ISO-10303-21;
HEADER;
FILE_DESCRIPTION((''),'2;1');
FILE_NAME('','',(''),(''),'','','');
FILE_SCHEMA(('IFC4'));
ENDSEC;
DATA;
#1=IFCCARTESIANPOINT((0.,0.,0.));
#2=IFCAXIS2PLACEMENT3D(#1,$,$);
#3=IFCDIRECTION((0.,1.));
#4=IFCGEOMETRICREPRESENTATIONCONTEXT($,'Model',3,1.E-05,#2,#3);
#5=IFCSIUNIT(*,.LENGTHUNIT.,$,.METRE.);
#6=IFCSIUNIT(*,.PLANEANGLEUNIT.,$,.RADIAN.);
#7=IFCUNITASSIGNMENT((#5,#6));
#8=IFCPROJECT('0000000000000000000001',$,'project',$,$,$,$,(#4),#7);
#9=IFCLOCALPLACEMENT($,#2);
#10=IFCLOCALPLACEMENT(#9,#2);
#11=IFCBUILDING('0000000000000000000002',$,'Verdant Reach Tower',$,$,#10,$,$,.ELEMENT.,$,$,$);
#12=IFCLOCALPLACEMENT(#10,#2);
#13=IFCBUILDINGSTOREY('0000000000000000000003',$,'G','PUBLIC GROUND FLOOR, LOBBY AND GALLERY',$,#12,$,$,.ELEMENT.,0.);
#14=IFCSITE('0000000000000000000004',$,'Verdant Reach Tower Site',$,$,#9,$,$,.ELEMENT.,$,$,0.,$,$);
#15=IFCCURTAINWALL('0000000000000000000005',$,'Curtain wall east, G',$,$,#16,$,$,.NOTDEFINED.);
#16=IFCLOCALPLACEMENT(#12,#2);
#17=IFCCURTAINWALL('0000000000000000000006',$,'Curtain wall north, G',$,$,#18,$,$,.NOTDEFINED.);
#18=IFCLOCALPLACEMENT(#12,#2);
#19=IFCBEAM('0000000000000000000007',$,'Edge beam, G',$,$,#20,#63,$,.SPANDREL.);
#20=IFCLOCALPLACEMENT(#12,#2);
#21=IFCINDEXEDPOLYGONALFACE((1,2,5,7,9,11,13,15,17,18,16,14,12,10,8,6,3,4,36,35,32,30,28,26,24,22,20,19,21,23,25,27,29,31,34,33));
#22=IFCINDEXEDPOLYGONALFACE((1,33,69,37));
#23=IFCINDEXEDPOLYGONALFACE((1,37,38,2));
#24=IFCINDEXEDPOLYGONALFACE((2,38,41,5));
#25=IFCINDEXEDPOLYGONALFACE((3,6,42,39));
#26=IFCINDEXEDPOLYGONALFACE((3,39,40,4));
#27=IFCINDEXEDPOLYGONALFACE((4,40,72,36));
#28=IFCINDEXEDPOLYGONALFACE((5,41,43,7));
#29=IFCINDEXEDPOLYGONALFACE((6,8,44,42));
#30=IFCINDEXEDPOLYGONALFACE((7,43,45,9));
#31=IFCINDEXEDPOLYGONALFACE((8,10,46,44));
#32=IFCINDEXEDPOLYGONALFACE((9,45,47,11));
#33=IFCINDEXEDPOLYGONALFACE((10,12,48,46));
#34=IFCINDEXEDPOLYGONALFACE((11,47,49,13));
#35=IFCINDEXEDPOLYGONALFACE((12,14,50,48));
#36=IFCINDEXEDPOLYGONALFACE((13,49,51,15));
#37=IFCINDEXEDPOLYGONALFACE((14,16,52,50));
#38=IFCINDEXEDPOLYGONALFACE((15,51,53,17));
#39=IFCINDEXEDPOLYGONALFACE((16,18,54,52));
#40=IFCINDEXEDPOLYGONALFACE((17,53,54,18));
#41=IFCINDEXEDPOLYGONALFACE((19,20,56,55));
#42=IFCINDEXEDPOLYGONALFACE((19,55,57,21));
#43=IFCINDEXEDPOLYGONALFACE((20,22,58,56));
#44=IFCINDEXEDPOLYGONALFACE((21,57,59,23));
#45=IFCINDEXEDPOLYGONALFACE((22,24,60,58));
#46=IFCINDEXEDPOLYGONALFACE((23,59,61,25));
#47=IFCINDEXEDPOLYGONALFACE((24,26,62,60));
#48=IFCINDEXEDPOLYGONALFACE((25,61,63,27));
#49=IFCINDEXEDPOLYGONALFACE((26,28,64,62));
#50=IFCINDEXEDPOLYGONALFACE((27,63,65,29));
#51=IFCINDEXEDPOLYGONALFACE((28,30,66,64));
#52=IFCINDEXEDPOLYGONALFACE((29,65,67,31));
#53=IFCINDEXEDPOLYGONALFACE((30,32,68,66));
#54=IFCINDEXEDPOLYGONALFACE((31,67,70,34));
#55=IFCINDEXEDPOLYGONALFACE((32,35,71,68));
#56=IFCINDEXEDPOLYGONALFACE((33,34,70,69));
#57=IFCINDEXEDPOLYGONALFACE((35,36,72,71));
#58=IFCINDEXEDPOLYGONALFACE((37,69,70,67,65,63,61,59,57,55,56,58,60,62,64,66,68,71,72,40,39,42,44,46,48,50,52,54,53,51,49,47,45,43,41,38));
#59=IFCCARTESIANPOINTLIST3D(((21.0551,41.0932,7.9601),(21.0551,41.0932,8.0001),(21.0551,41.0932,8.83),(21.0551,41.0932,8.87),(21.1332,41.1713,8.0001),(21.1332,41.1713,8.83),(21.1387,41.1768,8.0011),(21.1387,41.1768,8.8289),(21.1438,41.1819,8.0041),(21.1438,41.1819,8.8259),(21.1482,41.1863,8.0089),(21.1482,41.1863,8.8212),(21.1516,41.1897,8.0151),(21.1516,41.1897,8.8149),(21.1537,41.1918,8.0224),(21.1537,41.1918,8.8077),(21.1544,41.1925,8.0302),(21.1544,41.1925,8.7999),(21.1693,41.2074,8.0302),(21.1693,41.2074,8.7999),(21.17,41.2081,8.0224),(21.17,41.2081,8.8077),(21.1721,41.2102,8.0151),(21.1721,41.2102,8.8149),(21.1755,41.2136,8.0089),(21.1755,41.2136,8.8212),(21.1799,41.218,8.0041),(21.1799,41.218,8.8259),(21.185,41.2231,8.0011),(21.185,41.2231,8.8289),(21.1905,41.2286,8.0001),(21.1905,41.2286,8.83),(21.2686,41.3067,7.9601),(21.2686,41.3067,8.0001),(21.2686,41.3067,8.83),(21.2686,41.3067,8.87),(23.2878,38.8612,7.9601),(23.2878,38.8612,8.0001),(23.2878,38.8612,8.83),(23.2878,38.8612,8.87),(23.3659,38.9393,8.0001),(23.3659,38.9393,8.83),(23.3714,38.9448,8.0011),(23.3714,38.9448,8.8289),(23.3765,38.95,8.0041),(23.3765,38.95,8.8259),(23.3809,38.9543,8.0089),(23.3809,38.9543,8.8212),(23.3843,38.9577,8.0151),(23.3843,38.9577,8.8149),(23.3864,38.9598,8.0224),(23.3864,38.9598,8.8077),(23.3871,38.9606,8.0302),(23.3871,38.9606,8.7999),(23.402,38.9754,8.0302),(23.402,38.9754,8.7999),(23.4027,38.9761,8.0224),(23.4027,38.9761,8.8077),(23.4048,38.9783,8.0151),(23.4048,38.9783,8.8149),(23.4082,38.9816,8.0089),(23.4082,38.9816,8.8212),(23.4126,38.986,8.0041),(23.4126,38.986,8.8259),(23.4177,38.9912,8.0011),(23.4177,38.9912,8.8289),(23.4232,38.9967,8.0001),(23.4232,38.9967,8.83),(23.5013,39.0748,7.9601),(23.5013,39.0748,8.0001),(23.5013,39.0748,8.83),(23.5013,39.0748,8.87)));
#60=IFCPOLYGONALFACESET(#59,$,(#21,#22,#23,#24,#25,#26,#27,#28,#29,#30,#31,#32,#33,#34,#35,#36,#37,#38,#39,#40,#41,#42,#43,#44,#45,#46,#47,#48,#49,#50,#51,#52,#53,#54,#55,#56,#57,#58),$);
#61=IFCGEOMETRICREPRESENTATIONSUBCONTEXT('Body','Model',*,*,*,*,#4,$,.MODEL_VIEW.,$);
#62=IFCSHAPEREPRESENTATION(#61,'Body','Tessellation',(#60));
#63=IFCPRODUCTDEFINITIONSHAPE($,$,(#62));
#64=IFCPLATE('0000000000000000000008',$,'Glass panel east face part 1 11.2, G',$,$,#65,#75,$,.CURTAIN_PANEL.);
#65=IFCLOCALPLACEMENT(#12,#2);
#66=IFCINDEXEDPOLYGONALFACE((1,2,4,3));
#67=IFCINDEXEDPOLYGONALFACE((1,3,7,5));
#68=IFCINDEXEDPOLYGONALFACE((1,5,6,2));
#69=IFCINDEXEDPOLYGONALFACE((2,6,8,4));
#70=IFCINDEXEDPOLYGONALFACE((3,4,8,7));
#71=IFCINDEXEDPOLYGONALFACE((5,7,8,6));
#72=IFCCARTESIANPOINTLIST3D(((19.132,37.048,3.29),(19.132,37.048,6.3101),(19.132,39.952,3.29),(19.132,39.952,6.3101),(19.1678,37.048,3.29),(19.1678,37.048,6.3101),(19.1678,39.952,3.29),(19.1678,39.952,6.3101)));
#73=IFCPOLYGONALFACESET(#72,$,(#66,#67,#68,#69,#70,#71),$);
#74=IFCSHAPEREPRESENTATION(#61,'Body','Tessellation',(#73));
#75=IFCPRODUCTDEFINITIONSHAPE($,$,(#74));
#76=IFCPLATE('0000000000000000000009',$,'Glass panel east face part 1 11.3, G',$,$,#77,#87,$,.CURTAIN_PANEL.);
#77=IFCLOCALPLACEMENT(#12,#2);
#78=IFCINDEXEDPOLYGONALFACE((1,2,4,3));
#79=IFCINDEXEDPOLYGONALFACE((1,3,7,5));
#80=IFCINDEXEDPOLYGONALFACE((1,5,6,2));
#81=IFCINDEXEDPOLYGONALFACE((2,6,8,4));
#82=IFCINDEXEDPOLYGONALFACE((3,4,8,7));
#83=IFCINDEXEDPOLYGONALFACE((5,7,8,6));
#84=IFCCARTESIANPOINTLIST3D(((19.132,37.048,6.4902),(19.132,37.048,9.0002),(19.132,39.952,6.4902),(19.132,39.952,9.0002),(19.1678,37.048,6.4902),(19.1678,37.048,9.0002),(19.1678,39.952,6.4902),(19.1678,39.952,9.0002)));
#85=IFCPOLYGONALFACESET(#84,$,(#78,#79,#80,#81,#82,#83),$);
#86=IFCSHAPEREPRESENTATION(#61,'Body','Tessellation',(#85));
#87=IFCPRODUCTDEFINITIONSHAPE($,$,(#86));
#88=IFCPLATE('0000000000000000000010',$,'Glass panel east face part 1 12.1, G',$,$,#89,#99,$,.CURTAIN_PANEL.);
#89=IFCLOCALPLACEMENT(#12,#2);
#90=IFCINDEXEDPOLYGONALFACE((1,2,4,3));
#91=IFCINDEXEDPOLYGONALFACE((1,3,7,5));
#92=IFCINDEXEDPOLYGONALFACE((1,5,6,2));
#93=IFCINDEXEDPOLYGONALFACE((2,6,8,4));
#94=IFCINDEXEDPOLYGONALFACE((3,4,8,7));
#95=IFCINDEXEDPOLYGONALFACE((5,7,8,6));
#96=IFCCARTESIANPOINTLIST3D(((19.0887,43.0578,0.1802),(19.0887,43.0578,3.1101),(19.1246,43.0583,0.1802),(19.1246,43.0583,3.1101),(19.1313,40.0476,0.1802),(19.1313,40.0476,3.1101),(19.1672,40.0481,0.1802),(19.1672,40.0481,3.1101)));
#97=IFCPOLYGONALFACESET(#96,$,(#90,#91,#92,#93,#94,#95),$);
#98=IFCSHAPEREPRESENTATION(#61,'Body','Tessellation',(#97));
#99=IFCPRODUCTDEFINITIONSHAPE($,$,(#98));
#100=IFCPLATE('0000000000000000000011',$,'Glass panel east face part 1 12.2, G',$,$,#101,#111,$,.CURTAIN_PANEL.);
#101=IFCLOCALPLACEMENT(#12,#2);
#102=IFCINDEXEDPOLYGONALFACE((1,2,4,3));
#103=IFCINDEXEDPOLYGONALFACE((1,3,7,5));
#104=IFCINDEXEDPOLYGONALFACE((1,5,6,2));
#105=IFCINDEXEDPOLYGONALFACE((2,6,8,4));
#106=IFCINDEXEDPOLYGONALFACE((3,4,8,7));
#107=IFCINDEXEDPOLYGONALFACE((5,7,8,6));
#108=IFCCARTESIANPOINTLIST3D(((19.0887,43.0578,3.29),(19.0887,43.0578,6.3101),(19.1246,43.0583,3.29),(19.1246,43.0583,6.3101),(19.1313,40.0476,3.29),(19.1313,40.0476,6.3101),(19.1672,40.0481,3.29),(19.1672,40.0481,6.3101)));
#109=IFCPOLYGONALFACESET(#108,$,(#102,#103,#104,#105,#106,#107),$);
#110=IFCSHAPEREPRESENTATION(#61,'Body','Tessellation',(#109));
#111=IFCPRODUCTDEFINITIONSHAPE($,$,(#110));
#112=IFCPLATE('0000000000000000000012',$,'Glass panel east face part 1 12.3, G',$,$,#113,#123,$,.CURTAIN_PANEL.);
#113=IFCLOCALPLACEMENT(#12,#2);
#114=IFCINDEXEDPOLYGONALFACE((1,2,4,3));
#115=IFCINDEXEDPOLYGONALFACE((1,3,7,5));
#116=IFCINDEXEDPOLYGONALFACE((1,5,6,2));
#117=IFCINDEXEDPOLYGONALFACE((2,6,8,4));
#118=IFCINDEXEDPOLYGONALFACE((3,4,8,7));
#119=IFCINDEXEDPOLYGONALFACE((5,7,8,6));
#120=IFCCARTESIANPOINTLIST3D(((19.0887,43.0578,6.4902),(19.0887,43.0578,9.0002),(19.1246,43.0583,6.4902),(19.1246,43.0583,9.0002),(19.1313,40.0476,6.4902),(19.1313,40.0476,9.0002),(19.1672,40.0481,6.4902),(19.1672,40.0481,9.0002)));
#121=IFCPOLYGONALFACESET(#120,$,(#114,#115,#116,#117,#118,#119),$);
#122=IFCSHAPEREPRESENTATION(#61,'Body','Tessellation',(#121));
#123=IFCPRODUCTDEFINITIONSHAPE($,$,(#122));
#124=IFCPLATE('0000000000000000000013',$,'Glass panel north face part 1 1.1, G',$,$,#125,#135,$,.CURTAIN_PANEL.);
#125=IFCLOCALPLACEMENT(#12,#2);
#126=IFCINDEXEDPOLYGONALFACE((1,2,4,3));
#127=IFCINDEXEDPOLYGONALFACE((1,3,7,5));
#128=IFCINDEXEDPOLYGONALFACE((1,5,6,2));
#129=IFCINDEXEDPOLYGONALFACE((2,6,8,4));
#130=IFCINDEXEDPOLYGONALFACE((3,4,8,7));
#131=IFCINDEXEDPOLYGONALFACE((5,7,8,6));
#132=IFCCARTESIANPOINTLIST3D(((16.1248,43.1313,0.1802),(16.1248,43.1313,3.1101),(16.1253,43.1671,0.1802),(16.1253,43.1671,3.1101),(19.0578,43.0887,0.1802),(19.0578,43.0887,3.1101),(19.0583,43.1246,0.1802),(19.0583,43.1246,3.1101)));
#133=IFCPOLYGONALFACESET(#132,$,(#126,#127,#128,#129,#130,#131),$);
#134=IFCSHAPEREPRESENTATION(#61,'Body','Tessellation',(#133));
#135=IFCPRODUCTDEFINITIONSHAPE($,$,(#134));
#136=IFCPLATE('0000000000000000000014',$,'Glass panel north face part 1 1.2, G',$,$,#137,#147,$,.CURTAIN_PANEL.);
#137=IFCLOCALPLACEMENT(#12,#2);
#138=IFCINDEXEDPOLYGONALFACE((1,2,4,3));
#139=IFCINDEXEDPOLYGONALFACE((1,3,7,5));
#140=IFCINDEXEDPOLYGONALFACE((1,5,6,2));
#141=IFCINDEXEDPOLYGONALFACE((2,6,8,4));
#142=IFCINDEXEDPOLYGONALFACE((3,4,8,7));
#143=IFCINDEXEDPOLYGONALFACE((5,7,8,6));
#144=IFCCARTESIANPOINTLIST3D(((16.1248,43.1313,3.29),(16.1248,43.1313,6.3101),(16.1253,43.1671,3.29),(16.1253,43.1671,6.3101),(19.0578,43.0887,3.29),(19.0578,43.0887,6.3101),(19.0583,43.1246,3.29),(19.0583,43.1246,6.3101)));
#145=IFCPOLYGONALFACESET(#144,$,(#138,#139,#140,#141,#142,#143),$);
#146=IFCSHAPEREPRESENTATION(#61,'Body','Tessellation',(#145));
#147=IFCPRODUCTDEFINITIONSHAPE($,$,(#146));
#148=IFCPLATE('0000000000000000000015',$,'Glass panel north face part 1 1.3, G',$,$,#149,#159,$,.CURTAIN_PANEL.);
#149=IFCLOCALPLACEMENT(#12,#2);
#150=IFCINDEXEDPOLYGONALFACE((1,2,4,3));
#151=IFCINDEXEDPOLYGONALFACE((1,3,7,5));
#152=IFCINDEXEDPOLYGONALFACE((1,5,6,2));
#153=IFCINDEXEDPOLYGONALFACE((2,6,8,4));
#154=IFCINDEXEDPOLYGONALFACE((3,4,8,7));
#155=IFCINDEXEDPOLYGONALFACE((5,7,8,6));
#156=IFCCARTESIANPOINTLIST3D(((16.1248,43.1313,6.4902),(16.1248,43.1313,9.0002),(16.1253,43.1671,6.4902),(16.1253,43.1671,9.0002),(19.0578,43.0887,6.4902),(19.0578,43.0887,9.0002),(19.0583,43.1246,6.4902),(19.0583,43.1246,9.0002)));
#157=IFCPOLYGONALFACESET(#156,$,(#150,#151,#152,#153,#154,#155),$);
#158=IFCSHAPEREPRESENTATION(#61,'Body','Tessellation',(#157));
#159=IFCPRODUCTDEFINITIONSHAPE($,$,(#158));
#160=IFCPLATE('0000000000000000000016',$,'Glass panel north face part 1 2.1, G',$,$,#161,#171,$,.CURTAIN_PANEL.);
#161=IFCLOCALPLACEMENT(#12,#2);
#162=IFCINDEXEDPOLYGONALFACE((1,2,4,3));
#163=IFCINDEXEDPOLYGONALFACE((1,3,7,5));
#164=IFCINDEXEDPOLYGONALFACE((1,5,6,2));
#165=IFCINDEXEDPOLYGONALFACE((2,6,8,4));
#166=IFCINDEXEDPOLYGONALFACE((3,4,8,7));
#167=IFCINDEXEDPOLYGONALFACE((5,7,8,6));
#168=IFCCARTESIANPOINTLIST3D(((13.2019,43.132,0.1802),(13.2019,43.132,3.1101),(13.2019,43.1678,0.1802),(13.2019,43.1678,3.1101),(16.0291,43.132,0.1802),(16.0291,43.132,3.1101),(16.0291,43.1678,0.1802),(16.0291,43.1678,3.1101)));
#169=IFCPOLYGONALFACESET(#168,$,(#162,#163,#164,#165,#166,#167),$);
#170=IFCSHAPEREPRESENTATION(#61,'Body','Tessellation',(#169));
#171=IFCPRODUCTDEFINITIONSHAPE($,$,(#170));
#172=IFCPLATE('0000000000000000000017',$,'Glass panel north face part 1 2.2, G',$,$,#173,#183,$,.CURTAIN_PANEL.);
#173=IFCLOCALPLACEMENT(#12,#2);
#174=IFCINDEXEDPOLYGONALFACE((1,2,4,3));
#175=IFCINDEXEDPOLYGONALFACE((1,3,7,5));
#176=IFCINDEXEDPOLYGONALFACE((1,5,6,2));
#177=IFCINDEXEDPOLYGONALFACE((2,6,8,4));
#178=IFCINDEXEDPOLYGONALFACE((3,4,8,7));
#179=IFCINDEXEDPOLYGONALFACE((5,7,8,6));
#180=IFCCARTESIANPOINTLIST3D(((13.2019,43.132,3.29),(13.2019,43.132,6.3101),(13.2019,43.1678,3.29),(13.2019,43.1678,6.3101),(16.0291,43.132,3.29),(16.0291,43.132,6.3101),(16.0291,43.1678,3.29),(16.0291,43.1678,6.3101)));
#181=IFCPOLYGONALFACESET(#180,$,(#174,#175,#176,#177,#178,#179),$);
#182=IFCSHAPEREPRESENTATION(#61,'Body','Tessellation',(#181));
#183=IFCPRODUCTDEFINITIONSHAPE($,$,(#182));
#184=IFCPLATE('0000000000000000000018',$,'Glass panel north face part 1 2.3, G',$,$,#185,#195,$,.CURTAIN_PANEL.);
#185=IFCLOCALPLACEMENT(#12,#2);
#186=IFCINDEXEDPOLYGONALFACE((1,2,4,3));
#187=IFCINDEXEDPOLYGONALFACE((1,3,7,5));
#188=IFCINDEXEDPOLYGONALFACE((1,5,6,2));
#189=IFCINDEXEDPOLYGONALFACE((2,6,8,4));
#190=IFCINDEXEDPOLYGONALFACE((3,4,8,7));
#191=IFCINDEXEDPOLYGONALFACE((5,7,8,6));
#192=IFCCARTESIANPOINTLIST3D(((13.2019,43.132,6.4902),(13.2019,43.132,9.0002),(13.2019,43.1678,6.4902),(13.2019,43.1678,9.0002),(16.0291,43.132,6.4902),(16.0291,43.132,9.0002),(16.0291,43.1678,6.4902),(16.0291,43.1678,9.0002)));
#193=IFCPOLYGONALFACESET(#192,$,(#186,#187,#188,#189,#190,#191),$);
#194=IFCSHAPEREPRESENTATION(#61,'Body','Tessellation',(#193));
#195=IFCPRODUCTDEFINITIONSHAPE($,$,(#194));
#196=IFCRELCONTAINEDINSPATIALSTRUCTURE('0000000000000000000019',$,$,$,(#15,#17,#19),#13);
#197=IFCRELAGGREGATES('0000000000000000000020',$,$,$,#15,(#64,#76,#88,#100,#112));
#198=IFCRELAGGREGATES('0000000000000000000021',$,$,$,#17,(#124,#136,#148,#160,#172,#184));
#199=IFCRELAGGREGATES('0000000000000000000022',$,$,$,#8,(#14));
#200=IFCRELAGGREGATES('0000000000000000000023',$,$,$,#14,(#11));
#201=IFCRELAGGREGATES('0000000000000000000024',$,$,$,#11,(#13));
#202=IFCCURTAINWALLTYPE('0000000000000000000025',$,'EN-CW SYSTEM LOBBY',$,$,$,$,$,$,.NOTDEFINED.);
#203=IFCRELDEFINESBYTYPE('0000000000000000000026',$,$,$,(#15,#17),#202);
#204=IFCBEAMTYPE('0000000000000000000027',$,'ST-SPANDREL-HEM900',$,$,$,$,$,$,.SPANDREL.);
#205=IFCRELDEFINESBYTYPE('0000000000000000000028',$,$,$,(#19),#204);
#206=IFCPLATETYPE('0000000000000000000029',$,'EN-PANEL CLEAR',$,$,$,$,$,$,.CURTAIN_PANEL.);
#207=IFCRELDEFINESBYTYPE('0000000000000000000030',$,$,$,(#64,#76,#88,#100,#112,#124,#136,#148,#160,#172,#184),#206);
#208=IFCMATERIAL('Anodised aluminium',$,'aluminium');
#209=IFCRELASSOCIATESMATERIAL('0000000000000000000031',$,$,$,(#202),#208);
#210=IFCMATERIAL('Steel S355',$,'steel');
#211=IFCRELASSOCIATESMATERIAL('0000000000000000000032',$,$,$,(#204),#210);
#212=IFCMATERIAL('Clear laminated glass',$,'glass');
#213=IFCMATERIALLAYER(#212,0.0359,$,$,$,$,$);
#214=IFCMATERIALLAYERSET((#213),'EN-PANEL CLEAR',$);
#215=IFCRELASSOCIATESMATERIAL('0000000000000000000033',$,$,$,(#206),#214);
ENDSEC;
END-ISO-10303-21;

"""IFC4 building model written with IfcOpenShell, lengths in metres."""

from ifc_helpers import new_model, si_unit, direction, frame, origin, origin_2d, place, context, subcontext, project, spatial, rectangle, i_section, extrude, material, layer, layer_set, material_profile, profile_set, type_object, element, aggregate, save


model = new_model("IFC4")

# Units and contexts
model_context = context("Model", 3, precision=1e-05, world=origin(), true_north=direction((0.0, 1.0)))
body_context = subcontext(model_context, "Body", "Model", "MODEL_VIEW")
ifc_project = project(units=[si_unit("LENGTHUNIT", "METRE"), si_unit("PLANEANGLEUNIT", "RADIAN")], contexts=[model_context])

# Site, building, storey
site_placement = place(None, origin())
site = spatial("IfcSite", under=ifc_project, at=site_placement, Name="Verdant Reach Tower Site", CompositionType="ELEMENT", RefElevation=0.0)
building_placement = place(site_placement, origin())
building = spatial("IfcBuilding", under=site, at=building_placement, Name="Verdant Reach Tower", CompositionType="ELEMENT")
storey_placement = place(building_placement, origin())
storey = spatial("IfcBuildingStorey", under=building, at=storey_placement, Name="G", Description="PUBLIC GROUND FLOOR, LOBBY AND GALLERY", CompositionType="ELEMENT", Elevation=0.0)

# Curtain wall
ifc_material_1 = material(Name="Anodised aluminium", Category="aluminium")
curtain_wall_type = type_object("IfcCurtainWallType", Name="EN-CW SYSTEM LOBBY", PredefinedType="NOTDEFINED", material=ifc_material_1)
curtain_wall_1_placement = place(storey_placement, origin())
curtain_wall_1 = element("IfcCurtainWall", 1, at=curtain_wall_1_placement, inside=storey, type_object=curtain_wall_type, Name="Curtain wall east, G", PredefinedType="NOTDEFINED")

# Curtain wall
curtain_wall_2_placement = place(storey_placement, origin())
curtain_wall_2 = element("IfcCurtainWall", 2, at=curtain_wall_2_placement, inside=storey, type_object=curtain_wall_type, Name="Curtain wall north, G", PredefinedType="NOTDEFINED")

# Beam
ifc_material_2 = material(Name="Steel S355", Category="steel")
ifc_material_profile_1 = material_profile(ifc_material_2, i_section(OverallWidth=0.302, OverallDepth=0.9099, WebThickness=0.021, FlangeThickness=0.04, FilletRadius=0.03, at=origin_2d()), Name="HEM 900")
ifc_profile_set_1 = profile_set([ifc_material_profile_1], Name="Steel S355")
beam_type_1 = type_object("IfcBeamType", Name="ST-SPANDREL-HEM900", PredefinedType="SPANDREL", material=ifc_profile_set_1)
beam_1_placement = place(storey_placement, frame((21.1619, 41.2, 8.415), z_axis=(0.707223, -0.706991, 0.0), x_axis=(0.706991, 0.707223, 0.0)))
element("IfcBeam", 3, at=beam_1_placement, inside=storey, type_object=beam_type_1, Name="Edge beam, G", PredefinedType="SPANDREL", context=body_context, shape_type="SweptSolid", body=[
    extrude(i_section(OverallWidth=0.302, OverallDepth=0.9099, WebThickness=0.021, FlangeThickness=0.04, FilletRadius=0.03, at=origin_2d()), origin(), (0.0, 0.0, 1.0), 3.157),
])

# Plates
ifc_material_3 = material(Name="Clear laminated glass", Category="glass")
ifc_layer_1 = layer(ifc_material_3, 0.0359)
ifc_layer_set_1 = layer_set([ifc_layer_1], Name="EN-PANEL CLEAR")
plate_type = type_object("IfcPlateType", Name="EN-PANEL CLEAR", PredefinedType="CURTAIN_PANEL", material=ifc_layer_set_1)
plate_1_placement = place(storey_placement, frame((19.1499, 38.5, 3.29), z_axis=(0.0, 0.0, 1.0), x_axis=(0.0, 1.0, 0.0)))
plate_1 = element("IfcPlate", 4, at=plate_1_placement, type_object=plate_type, Name="Glass panel east face part 1 11.2, G", PredefinedType="CURTAIN_PANEL", context=body_context, shape_type="SweptSolid", body=[
    extrude(rectangle(XDim=2.9041, YDim=0.0359, at=origin_2d()), origin(), (0.0, 0.0, 1.0), 3.02),
])
plate_2_placement = place(storey_placement, frame((19.1499, 38.5, 6.4902), z_axis=(0.0, 0.0, 1.0), x_axis=(0.0, 1.0, 0.0)))
plate_2 = element("IfcPlate", 5, at=plate_2_placement, type_object=plate_type, Name="Glass panel east face part 1 11.3, G", PredefinedType="CURTAIN_PANEL", context=body_context, shape_type="SweptSolid", body=[
    extrude(rectangle(XDim=2.9041, YDim=0.0359, at=origin_2d()), origin(), (0.0, 0.0, 1.0), 2.51),
])
plate_3_placement = place(storey_placement, frame((19.1279, 41.553, 0.1802), z_axis=(0.0, 0.0, 1.0), x_axis=(-0.014143, 0.9999, 0.0)))
plate_3 = element("IfcPlate", 6, at=plate_3_placement, type_object=plate_type, Name="Glass panel east face part 1 12.1, G", PredefinedType="CURTAIN_PANEL", context=body_context, shape_type="SweptSolid", body=[
    extrude(rectangle(XDim=3.0105, YDim=0.0359, at=origin_2d()), origin(), (0.0, 0.0, 1.0), 2.9299),
])
plate_4_placement = place(storey_placement, frame((19.1279, 41.553, 3.29), z_axis=(0.0, 0.0, 1.0), x_axis=(-0.014143, 0.9999, 0.0)))
plate_4 = element("IfcPlate", 7, at=plate_4_placement, type_object=plate_type, Name="Glass panel east face part 1 12.2, G", PredefinedType="CURTAIN_PANEL", context=body_context, shape_type="SweptSolid", body=[
    extrude(rectangle(XDim=3.0105, YDim=0.0359, at=origin_2d()), origin(), (0.0, 0.0, 1.0), 3.02),
])
plate_5_placement = place(storey_placement, frame((19.1279, 41.553, 6.4902), z_axis=(0.0, 0.0, 1.0), x_axis=(-0.014143, 0.9999, 0.0)))
plate_5 = element("IfcPlate", 8, at=plate_5_placement, type_object=plate_type, Name="Glass panel east face part 1 12.3, G", PredefinedType="CURTAIN_PANEL", context=body_context, shape_type="SweptSolid", body=[
    extrude(rectangle(XDim=3.0105, YDim=0.0359, at=origin_2d()), origin(), (0.0, 0.0, 1.0), 2.51),
])
aggregate(curtain_wall_1, [plate_1, plate_2, plate_3, plate_4, plate_5])
plate_6_placement = place(storey_placement, frame((17.5916, 43.1279, 0.1802), z_axis=(0.0, 0.0, 1.0), x_axis=(-0.999895, 0.014502, 0.0)))
plate_6 = element("IfcPlate", 9, at=plate_6_placement, type_object=plate_type, Name="Glass panel north face part 1 1.1, G", PredefinedType="CURTAIN_PANEL", context=body_context, shape_type="SweptSolid", body=[
    extrude(rectangle(XDim=2.9333, YDim=0.0359, at=origin_2d()), origin(), (0.0, 0.0, 1.0), 2.9299),
])
plate_7_placement = place(storey_placement, frame((17.5916, 43.1279, 3.29), z_axis=(0.0, 0.0, 1.0), x_axis=(-0.999895, 0.014502, 0.0)))
plate_7 = element("IfcPlate", 10, at=plate_7_placement, type_object=plate_type, Name="Glass panel north face part 1 1.2, G", PredefinedType="CURTAIN_PANEL", context=body_context, shape_type="SweptSolid", body=[
    extrude(rectangle(XDim=2.9333, YDim=0.0359, at=origin_2d()), origin(), (0.0, 0.0, 1.0), 3.02),
])
plate_8_placement = place(storey_placement, frame((17.5916, 43.1279, 6.4902), z_axis=(0.0, 0.0, 1.0), x_axis=(-0.999895, 0.014502, 0.0)))
plate_8 = element("IfcPlate", 11, at=plate_8_placement, type_object=plate_type, Name="Glass panel north face part 1 1.3, G", PredefinedType="CURTAIN_PANEL", context=body_context, shape_type="SweptSolid", body=[
    extrude(rectangle(XDim=2.9333, YDim=0.0359, at=origin_2d()), origin(), (0.0, 0.0, 1.0), 2.51),
])
plate_9_placement = place(storey_placement, frame((14.6155, 43.1499, 0.1802), z_axis=(0.0, 0.0, 1.0), x_axis=(-1.0, 0.0, 0.0)))
plate_9 = element("IfcPlate", 12, at=plate_9_placement, type_object=plate_type, Name="Glass panel north face part 1 2.1, G", PredefinedType="CURTAIN_PANEL", context=body_context, shape_type="SweptSolid", body=[
    extrude(rectangle(XDim=2.8271, YDim=0.0359, at=origin_2d()), origin(), (0.0, 0.0, 1.0), 2.9299),
])
plate_10_placement = place(storey_placement, frame((14.6155, 43.1499, 3.29), z_axis=(0.0, 0.0, 1.0), x_axis=(-1.0, 0.0, 0.0)))
plate_10 = element("IfcPlate", 13, at=plate_10_placement, type_object=plate_type, Name="Glass panel north face part 1 2.2, G", PredefinedType="CURTAIN_PANEL", context=body_context, shape_type="SweptSolid", body=[
    extrude(rectangle(XDim=2.8271, YDim=0.0359, at=origin_2d()), origin(), (0.0, 0.0, 1.0), 3.02),
])
plate_11_placement = place(storey_placement, frame((14.6155, 43.1499, 6.4902), z_axis=(0.0, 0.0, 1.0), x_axis=(-1.0, 0.0, 0.0)))
plate_11 = element("IfcPlate", 14, at=plate_11_placement, type_object=plate_type, Name="Glass panel north face part 1 2.3, G", PredefinedType="CURTAIN_PANEL", context=body_context, shape_type="SweptSolid", body=[
    extrude(rectangle(XDim=2.8271, YDim=0.0359, at=origin_2d()), origin(), (0.0, 0.0, 1.0), 2.51),
])
aggregate(curtain_wall_2, [plate_6, plate_7, plate_8, plate_9, plate_10, plate_11])

save(model, "model.ifc")
